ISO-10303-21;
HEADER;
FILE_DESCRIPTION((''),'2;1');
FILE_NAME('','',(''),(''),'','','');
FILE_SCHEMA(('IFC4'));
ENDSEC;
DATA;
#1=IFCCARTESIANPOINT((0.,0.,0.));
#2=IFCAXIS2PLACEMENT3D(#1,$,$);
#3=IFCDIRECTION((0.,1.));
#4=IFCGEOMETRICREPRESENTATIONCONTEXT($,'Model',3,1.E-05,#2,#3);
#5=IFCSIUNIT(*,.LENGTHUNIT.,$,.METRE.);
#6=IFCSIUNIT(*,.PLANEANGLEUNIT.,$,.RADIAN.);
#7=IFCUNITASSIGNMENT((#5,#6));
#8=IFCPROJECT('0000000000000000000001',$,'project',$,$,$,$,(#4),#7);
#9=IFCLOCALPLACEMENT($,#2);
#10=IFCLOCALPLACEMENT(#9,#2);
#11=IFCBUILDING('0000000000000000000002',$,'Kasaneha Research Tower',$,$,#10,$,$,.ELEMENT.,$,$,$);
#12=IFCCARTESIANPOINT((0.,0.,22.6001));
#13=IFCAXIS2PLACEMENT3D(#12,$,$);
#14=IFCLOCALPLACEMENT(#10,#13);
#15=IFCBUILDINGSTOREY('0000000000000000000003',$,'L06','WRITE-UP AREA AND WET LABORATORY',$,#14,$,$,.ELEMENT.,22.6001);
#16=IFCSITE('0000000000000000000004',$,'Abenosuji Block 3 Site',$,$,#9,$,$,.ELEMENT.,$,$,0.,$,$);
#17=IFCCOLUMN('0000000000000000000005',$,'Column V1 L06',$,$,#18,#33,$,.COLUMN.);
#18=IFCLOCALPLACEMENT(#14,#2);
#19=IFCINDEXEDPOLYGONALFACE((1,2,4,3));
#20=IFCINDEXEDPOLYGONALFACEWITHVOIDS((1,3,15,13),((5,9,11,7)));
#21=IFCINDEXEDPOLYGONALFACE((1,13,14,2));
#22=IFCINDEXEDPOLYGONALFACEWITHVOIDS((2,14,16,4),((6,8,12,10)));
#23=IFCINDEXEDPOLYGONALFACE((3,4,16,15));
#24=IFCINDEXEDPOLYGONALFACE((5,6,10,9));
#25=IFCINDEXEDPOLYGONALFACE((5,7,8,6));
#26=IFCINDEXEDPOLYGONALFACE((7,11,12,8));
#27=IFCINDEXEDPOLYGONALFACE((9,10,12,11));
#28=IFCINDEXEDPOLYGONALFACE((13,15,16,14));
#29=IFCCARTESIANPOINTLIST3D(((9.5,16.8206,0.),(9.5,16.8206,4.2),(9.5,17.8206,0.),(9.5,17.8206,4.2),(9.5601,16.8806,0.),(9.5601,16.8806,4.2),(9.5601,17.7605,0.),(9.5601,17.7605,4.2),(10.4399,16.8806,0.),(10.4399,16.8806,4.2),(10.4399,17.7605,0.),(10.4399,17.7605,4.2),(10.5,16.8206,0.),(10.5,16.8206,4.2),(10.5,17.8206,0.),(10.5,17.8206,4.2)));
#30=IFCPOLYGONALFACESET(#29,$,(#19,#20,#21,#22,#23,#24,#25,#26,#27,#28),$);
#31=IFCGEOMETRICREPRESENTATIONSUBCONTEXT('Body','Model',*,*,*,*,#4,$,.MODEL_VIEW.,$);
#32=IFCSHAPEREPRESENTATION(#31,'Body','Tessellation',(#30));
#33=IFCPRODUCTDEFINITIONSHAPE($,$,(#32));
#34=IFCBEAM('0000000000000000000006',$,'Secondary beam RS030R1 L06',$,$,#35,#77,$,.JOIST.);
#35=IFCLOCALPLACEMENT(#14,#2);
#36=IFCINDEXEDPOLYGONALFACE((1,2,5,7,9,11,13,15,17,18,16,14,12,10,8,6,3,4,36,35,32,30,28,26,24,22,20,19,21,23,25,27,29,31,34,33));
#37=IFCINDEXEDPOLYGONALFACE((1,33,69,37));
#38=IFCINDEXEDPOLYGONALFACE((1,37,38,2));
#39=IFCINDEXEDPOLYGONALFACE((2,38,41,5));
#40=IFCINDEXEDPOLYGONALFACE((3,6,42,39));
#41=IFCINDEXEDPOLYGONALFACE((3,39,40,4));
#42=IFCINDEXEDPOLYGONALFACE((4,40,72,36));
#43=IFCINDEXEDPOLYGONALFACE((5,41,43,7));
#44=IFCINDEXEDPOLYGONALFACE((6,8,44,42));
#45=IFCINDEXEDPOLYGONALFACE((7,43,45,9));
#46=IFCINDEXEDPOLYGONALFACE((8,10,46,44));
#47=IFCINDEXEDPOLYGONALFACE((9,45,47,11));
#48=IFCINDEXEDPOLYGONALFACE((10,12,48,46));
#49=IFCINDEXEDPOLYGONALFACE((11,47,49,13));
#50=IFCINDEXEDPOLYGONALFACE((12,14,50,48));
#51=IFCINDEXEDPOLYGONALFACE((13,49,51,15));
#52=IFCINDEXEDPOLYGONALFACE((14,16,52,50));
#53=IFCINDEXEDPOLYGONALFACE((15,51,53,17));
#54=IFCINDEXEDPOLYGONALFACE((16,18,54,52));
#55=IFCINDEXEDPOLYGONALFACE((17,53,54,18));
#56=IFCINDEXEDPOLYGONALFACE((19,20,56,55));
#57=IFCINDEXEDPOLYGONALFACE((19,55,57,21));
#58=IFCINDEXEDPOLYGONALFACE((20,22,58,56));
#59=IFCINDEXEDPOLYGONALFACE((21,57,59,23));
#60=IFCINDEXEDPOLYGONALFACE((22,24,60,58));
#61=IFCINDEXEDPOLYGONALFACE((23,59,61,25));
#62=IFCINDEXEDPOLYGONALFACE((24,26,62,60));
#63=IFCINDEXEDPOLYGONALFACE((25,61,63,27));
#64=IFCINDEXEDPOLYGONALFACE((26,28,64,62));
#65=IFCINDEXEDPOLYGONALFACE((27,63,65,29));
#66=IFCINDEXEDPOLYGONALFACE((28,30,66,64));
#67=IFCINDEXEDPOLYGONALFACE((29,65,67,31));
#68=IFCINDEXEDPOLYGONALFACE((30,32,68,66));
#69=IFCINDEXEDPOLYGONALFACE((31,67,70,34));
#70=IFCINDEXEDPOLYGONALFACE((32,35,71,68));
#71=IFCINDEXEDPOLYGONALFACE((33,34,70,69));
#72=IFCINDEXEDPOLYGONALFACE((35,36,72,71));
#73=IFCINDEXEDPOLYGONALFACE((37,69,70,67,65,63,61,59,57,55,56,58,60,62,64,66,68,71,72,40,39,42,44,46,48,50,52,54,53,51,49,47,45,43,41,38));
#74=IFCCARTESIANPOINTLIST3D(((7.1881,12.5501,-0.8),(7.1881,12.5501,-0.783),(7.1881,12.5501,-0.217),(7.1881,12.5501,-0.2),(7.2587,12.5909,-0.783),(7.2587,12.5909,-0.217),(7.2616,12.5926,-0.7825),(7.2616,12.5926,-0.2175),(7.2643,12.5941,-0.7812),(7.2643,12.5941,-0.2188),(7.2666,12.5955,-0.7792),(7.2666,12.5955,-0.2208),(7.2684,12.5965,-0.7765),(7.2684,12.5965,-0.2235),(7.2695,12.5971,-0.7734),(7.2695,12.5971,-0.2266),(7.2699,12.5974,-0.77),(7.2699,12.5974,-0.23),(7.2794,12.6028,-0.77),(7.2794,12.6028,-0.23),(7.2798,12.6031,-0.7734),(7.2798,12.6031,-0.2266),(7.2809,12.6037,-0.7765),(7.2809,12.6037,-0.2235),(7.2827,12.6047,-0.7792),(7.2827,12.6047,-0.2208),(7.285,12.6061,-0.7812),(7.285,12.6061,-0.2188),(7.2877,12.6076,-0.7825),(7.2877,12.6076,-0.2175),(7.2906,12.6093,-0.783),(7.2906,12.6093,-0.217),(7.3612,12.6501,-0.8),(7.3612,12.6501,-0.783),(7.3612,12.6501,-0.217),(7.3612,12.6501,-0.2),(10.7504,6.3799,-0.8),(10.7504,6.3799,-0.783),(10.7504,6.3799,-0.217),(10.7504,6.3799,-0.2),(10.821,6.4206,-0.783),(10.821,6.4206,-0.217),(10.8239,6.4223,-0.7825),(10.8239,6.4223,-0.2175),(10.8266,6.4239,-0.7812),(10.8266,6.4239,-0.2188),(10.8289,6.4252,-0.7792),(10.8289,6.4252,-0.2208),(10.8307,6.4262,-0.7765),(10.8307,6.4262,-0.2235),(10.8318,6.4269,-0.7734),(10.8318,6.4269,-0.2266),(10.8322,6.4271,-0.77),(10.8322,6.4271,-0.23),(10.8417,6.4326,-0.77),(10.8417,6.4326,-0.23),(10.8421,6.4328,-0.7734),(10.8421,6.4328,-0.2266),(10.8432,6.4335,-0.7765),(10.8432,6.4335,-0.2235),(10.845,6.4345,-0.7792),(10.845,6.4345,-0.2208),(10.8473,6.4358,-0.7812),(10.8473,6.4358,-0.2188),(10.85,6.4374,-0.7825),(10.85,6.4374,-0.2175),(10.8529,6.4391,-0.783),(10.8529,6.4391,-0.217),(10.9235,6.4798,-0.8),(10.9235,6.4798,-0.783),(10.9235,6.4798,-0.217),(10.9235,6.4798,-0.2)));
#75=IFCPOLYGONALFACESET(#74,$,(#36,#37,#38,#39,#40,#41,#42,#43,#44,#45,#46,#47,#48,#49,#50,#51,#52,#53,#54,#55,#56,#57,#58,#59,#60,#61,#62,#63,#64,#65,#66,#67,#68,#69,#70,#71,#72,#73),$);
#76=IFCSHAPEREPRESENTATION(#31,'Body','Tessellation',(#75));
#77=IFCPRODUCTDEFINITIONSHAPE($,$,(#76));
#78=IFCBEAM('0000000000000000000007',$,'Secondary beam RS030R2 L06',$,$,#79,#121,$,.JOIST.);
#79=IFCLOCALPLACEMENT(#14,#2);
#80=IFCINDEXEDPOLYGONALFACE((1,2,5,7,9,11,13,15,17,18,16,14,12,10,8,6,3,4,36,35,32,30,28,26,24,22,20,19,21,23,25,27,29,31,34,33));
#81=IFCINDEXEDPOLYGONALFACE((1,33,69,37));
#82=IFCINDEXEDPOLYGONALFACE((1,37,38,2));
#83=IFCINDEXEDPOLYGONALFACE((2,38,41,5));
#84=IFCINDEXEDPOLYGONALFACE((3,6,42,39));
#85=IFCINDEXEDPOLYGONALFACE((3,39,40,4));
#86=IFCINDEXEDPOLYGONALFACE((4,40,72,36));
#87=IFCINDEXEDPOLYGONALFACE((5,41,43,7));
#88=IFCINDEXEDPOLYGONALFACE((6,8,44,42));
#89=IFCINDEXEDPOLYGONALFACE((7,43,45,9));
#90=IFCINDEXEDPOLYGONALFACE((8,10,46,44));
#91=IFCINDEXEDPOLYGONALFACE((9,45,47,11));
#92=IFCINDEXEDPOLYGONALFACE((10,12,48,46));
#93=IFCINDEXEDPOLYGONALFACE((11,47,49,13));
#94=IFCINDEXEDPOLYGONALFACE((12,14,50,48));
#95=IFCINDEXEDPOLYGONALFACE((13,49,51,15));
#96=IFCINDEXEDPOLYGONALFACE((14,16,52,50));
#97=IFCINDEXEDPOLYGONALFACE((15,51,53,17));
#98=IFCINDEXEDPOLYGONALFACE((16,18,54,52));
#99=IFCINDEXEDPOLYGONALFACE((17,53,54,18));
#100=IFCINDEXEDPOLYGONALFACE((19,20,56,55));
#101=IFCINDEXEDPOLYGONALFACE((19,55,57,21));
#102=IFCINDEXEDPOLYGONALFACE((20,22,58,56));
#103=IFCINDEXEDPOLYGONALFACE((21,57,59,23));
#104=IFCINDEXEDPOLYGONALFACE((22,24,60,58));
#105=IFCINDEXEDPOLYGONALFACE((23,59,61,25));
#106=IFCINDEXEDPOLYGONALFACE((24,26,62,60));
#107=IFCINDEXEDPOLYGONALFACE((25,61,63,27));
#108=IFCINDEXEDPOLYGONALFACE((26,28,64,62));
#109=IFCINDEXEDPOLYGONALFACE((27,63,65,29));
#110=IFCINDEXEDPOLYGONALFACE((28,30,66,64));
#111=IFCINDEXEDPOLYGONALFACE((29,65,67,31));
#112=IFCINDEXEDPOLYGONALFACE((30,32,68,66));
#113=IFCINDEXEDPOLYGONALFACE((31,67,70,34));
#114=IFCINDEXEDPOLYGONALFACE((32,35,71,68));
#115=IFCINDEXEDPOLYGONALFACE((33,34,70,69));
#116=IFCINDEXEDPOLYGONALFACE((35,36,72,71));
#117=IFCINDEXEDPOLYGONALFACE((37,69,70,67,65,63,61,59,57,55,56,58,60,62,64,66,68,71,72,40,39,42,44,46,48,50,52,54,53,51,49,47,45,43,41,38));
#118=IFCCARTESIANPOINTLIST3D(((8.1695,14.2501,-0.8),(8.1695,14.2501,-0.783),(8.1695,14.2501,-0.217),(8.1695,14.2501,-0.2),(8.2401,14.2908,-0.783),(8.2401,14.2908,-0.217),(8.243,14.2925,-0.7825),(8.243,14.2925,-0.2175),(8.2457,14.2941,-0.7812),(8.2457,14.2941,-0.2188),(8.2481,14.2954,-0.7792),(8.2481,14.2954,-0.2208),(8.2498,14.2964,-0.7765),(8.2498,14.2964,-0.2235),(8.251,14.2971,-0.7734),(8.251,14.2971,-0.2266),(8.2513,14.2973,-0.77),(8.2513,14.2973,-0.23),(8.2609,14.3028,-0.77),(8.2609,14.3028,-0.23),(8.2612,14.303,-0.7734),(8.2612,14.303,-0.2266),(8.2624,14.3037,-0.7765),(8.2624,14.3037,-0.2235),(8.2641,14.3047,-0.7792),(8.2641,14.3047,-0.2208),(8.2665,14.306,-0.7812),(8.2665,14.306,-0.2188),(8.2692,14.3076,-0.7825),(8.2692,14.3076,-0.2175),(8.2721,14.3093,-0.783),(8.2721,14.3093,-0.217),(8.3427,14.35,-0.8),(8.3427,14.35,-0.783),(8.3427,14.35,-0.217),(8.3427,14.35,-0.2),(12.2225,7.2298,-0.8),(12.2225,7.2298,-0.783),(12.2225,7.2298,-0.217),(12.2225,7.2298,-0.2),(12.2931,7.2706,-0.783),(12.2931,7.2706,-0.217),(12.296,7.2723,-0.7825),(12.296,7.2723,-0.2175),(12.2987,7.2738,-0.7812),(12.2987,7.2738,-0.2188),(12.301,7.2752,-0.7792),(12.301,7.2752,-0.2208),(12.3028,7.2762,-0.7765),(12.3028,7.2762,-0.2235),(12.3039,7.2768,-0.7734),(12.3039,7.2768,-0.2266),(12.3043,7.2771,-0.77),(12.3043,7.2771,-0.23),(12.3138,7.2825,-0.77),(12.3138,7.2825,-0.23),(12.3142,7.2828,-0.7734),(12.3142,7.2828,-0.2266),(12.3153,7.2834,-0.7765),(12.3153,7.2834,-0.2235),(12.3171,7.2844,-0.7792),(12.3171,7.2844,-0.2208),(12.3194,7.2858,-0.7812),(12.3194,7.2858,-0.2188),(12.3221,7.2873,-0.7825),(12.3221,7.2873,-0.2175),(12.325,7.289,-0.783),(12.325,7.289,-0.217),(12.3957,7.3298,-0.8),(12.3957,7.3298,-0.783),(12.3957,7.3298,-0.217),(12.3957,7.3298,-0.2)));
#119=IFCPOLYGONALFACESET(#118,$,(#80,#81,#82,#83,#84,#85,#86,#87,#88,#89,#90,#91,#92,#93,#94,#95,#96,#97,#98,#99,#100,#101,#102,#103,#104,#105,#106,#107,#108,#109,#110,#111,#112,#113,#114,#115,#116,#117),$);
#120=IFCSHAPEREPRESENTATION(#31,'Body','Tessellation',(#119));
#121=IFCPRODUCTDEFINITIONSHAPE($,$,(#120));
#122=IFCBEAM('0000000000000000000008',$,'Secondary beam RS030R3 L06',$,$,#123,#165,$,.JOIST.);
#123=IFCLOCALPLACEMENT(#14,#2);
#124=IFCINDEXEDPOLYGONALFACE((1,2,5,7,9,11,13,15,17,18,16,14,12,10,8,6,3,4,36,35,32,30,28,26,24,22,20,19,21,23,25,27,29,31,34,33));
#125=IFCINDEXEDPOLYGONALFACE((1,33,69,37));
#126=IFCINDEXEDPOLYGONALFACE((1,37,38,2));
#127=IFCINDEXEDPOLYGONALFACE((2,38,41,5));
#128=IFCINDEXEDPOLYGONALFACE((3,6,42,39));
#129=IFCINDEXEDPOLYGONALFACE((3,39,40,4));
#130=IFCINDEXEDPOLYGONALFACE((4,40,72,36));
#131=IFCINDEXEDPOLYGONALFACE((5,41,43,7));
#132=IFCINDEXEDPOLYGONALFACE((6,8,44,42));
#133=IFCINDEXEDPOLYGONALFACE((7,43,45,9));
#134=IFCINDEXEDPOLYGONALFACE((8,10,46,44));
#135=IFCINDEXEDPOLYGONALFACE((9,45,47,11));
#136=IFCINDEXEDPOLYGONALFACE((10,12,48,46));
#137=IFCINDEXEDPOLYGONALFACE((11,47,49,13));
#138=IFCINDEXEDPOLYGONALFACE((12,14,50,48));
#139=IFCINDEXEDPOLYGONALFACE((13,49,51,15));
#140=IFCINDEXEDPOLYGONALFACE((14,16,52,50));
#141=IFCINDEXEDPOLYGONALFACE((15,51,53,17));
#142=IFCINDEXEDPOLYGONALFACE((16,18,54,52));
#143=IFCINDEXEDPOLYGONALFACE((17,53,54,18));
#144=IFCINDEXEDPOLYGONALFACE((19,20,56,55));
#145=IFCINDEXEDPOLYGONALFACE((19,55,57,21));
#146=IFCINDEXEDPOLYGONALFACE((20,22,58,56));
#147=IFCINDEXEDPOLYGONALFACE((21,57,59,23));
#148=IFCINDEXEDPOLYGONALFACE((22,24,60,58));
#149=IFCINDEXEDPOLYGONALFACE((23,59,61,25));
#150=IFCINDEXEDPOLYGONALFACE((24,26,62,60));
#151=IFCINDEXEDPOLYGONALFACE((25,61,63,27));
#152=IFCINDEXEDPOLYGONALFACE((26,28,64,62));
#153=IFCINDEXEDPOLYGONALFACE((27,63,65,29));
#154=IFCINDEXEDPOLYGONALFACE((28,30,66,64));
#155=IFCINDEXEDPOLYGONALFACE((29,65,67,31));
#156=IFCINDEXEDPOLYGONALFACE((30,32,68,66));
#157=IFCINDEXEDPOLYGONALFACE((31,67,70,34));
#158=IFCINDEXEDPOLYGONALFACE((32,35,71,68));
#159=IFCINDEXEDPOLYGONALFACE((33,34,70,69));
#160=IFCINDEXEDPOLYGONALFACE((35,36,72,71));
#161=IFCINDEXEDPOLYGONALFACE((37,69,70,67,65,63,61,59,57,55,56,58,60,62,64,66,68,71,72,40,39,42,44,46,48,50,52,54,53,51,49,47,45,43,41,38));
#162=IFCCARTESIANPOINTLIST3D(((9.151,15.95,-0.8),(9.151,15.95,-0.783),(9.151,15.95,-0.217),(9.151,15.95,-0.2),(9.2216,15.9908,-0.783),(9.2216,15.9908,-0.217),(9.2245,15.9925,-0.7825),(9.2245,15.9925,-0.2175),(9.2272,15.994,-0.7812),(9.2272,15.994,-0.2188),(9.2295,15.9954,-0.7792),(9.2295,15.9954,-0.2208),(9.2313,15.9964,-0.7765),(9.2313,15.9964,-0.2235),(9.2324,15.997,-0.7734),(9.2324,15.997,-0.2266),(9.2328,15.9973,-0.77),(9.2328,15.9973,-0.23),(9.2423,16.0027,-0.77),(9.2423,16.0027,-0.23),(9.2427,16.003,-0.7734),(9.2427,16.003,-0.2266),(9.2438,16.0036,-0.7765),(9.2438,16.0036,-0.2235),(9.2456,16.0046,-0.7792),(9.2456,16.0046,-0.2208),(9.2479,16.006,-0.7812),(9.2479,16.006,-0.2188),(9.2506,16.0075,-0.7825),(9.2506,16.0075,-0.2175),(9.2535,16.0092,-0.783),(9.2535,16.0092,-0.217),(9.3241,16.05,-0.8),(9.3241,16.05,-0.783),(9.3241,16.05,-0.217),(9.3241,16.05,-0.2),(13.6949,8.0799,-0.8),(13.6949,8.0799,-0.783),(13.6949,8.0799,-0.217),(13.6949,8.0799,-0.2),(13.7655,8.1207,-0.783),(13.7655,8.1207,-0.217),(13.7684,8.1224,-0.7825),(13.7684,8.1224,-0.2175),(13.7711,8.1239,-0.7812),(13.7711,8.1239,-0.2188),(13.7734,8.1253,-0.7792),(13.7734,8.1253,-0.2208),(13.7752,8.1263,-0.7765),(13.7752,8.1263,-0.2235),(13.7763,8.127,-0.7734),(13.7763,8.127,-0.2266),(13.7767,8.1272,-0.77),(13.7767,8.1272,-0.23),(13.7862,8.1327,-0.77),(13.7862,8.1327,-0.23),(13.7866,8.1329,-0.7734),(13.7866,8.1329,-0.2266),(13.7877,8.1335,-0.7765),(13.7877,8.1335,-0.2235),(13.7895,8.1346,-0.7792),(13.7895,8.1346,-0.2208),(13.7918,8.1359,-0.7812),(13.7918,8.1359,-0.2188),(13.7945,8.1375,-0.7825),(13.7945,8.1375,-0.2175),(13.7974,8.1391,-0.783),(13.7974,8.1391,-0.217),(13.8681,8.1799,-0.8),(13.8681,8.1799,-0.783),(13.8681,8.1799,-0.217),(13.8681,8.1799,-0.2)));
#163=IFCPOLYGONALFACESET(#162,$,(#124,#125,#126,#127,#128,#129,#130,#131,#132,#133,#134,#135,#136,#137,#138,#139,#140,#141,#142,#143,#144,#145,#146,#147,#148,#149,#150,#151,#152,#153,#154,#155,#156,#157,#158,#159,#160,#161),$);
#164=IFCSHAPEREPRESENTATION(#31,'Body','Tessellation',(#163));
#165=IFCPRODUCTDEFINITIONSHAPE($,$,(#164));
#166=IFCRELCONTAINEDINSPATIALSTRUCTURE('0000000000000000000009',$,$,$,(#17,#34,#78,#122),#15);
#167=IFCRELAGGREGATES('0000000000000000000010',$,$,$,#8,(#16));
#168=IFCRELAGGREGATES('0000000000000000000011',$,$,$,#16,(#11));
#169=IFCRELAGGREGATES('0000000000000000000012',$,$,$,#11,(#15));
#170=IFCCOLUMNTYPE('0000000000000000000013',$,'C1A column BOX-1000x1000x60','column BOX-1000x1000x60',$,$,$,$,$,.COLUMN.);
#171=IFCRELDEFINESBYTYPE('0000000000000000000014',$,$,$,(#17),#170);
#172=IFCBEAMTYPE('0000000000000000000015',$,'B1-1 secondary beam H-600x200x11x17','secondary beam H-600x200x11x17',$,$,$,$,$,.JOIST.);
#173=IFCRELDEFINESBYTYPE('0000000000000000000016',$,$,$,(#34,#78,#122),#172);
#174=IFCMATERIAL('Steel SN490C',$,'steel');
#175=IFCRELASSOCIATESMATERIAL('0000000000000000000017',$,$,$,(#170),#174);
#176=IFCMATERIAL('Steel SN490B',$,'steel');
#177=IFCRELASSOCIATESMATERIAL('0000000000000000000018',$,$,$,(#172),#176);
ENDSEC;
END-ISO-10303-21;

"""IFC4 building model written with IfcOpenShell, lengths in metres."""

from ifc_helpers import new_model, si_unit, direction, frame, origin, origin_2d, place, context, subcontext, project, spatial, hollow_rectangle, i_section, extrude, material, material_profile, profile_set, type_object, element, save


model = new_model("IFC4")

# Units and contexts
model_context = context("Model", 3, precision=1e-05, world=origin(), true_north=direction((0.0, 1.0)))
body_context = subcontext(model_context, "Body", "Model", "MODEL_VIEW")
ifc_project = project(units=[si_unit("LENGTHUNIT", "METRE"), si_unit("PLANEANGLEUNIT", "RADIAN")], contexts=[model_context])

# Site, building, storey
site_placement = place(None, origin())
site = spatial("IfcSite", under=ifc_project, at=site_placement, Name="Abenosuji Block 3 Site", CompositionType="ELEMENT", RefElevation=0.0)
building_placement = place(site_placement, origin())
building = spatial("IfcBuilding", under=site, at=building_placement, Name="Kasaneha Research Tower", CompositionType="ELEMENT")
storey_placement = place(building_placement, frame((0.0, 0.0, 22.6001)))
storey = spatial("IfcBuildingStorey", under=building, at=storey_placement, Name="L06", Description="WRITE-UP AREA AND WET LABORATORY", CompositionType="ELEMENT", Elevation=22.6001)

# Column
ifc_material_1 = material(Name="Steel SN490C", Category="steel")
ifc_material_profile_1 = material_profile(ifc_material_1, hollow_rectangle(XDim=1.0, YDim=1.0, WallThickness=0.0601, at=origin_2d()), Name="BOX-1000x1000x60")
ifc_profile_set_1 = profile_set([ifc_material_profile_1], Name="Steel SN490C")
column_type = type_object("IfcColumnType", Name="C1A column BOX-1000x1000x60", Description="column BOX-1000x1000x60", PredefinedType="COLUMN", material=ifc_profile_set_1)
column_placement = place(storey_placement, frame((10.0, 17.3206, 0.0), z_axis=(0.0, 0.0, 1.0), x_axis=(1.0, 0.0, 0.0)))
element("IfcColumn", 1, at=column_placement, inside=storey, type_object=column_type, Name="Column V1 L06", PredefinedType="COLUMN", context=body_context, shape_type="SweptSolid", body=[
    extrude(hollow_rectangle(XDim=1.0, YDim=1.0, WallThickness=0.0601, at=origin_2d()), origin(), (0.0, 0.0, 1.0), 4.2),
])

# Beams
ifc_material_2 = material(Name="Steel SN490B", Category="steel")
ifc_material_profile_2 = material_profile(ifc_material_2, i_section(OverallWidth=0.2, OverallDepth=0.6001, WebThickness=0.011, FlangeThickness=0.0171, FilletRadius=0.0129, at=origin_2d()), Name="H-600x200x11x17")
ifc_profile_set_2 = profile_set([ifc_material_profile_2], Name="Steel SN490B")
beam_type_1 = type_object("IfcBeamType", Name="B1-1 secondary beam H-600x200x11x17", Description="secondary beam H-600x200x11x17", PredefinedType="JOIST", material=ifc_profile_set_2)
beam_1_placement = place(storey_placement, frame((7.2747, 12.6001, -0.5), z_axis=(0.49999, -0.866031, 0.0), x_axis=(0.866031, 0.49999, 0.0)))
element("IfcBeam", 2, at=beam_1_placement, inside=storey, type_object=beam_type_1, Name="Secondary beam RS030R1 L06", PredefinedType="JOIST", context=body_context, shape_type="SweptSolid", body=[
    extrude(i_section(OverallWidth=0.2, OverallDepth=0.6001, WebThickness=0.011, FlangeThickness=0.0171, FilletRadius=0.0129, at=origin_2d()), origin(), (0.0, 0.0, 1.0), 7.1248),
])
beam_2_placement = place(storey_placement, frame((8.2561, 14.3, -0.5), z_axis=(0.499984, -0.866035, 0.0), x_axis=(0.866035, 0.499984, 0.0)))
element("IfcBeam", 3, at=beam_2_placement, inside=storey, type_object=beam_type_1, Name="Secondary beam RS030R2 L06", PredefinedType="JOIST", context=body_context, shape_type="SweptSolid", body=[
    extrude(i_section(OverallWidth=0.2, OverallDepth=0.6001, WebThickness=0.011, FlangeThickness=0.0171, FilletRadius=0.0129, at=origin_2d()), origin(), (0.0, 0.0, 1.0), 8.1062),
])
beam_3_placement = place(storey_placement, frame((9.2375, 16.0, -0.5), z_axis=(0.500011, -0.866019, 0.0), x_axis=(0.866019, 0.500011, 0.0)))
element("IfcBeam", 4, at=beam_3_placement, inside=storey, type_object=beam_type_1, Name="Secondary beam RS030R3 L06", PredefinedType="JOIST", context=body_context, shape_type="SweptSolid", body=[
    extrude(i_section(OverallWidth=0.2, OverallDepth=0.6001, WebThickness=0.011, FlangeThickness=0.0171, FilletRadius=0.0129, at=origin_2d()), origin(), (0.0, 0.0, 1.0), 9.0876),
])

save(model, "model.ifc")
